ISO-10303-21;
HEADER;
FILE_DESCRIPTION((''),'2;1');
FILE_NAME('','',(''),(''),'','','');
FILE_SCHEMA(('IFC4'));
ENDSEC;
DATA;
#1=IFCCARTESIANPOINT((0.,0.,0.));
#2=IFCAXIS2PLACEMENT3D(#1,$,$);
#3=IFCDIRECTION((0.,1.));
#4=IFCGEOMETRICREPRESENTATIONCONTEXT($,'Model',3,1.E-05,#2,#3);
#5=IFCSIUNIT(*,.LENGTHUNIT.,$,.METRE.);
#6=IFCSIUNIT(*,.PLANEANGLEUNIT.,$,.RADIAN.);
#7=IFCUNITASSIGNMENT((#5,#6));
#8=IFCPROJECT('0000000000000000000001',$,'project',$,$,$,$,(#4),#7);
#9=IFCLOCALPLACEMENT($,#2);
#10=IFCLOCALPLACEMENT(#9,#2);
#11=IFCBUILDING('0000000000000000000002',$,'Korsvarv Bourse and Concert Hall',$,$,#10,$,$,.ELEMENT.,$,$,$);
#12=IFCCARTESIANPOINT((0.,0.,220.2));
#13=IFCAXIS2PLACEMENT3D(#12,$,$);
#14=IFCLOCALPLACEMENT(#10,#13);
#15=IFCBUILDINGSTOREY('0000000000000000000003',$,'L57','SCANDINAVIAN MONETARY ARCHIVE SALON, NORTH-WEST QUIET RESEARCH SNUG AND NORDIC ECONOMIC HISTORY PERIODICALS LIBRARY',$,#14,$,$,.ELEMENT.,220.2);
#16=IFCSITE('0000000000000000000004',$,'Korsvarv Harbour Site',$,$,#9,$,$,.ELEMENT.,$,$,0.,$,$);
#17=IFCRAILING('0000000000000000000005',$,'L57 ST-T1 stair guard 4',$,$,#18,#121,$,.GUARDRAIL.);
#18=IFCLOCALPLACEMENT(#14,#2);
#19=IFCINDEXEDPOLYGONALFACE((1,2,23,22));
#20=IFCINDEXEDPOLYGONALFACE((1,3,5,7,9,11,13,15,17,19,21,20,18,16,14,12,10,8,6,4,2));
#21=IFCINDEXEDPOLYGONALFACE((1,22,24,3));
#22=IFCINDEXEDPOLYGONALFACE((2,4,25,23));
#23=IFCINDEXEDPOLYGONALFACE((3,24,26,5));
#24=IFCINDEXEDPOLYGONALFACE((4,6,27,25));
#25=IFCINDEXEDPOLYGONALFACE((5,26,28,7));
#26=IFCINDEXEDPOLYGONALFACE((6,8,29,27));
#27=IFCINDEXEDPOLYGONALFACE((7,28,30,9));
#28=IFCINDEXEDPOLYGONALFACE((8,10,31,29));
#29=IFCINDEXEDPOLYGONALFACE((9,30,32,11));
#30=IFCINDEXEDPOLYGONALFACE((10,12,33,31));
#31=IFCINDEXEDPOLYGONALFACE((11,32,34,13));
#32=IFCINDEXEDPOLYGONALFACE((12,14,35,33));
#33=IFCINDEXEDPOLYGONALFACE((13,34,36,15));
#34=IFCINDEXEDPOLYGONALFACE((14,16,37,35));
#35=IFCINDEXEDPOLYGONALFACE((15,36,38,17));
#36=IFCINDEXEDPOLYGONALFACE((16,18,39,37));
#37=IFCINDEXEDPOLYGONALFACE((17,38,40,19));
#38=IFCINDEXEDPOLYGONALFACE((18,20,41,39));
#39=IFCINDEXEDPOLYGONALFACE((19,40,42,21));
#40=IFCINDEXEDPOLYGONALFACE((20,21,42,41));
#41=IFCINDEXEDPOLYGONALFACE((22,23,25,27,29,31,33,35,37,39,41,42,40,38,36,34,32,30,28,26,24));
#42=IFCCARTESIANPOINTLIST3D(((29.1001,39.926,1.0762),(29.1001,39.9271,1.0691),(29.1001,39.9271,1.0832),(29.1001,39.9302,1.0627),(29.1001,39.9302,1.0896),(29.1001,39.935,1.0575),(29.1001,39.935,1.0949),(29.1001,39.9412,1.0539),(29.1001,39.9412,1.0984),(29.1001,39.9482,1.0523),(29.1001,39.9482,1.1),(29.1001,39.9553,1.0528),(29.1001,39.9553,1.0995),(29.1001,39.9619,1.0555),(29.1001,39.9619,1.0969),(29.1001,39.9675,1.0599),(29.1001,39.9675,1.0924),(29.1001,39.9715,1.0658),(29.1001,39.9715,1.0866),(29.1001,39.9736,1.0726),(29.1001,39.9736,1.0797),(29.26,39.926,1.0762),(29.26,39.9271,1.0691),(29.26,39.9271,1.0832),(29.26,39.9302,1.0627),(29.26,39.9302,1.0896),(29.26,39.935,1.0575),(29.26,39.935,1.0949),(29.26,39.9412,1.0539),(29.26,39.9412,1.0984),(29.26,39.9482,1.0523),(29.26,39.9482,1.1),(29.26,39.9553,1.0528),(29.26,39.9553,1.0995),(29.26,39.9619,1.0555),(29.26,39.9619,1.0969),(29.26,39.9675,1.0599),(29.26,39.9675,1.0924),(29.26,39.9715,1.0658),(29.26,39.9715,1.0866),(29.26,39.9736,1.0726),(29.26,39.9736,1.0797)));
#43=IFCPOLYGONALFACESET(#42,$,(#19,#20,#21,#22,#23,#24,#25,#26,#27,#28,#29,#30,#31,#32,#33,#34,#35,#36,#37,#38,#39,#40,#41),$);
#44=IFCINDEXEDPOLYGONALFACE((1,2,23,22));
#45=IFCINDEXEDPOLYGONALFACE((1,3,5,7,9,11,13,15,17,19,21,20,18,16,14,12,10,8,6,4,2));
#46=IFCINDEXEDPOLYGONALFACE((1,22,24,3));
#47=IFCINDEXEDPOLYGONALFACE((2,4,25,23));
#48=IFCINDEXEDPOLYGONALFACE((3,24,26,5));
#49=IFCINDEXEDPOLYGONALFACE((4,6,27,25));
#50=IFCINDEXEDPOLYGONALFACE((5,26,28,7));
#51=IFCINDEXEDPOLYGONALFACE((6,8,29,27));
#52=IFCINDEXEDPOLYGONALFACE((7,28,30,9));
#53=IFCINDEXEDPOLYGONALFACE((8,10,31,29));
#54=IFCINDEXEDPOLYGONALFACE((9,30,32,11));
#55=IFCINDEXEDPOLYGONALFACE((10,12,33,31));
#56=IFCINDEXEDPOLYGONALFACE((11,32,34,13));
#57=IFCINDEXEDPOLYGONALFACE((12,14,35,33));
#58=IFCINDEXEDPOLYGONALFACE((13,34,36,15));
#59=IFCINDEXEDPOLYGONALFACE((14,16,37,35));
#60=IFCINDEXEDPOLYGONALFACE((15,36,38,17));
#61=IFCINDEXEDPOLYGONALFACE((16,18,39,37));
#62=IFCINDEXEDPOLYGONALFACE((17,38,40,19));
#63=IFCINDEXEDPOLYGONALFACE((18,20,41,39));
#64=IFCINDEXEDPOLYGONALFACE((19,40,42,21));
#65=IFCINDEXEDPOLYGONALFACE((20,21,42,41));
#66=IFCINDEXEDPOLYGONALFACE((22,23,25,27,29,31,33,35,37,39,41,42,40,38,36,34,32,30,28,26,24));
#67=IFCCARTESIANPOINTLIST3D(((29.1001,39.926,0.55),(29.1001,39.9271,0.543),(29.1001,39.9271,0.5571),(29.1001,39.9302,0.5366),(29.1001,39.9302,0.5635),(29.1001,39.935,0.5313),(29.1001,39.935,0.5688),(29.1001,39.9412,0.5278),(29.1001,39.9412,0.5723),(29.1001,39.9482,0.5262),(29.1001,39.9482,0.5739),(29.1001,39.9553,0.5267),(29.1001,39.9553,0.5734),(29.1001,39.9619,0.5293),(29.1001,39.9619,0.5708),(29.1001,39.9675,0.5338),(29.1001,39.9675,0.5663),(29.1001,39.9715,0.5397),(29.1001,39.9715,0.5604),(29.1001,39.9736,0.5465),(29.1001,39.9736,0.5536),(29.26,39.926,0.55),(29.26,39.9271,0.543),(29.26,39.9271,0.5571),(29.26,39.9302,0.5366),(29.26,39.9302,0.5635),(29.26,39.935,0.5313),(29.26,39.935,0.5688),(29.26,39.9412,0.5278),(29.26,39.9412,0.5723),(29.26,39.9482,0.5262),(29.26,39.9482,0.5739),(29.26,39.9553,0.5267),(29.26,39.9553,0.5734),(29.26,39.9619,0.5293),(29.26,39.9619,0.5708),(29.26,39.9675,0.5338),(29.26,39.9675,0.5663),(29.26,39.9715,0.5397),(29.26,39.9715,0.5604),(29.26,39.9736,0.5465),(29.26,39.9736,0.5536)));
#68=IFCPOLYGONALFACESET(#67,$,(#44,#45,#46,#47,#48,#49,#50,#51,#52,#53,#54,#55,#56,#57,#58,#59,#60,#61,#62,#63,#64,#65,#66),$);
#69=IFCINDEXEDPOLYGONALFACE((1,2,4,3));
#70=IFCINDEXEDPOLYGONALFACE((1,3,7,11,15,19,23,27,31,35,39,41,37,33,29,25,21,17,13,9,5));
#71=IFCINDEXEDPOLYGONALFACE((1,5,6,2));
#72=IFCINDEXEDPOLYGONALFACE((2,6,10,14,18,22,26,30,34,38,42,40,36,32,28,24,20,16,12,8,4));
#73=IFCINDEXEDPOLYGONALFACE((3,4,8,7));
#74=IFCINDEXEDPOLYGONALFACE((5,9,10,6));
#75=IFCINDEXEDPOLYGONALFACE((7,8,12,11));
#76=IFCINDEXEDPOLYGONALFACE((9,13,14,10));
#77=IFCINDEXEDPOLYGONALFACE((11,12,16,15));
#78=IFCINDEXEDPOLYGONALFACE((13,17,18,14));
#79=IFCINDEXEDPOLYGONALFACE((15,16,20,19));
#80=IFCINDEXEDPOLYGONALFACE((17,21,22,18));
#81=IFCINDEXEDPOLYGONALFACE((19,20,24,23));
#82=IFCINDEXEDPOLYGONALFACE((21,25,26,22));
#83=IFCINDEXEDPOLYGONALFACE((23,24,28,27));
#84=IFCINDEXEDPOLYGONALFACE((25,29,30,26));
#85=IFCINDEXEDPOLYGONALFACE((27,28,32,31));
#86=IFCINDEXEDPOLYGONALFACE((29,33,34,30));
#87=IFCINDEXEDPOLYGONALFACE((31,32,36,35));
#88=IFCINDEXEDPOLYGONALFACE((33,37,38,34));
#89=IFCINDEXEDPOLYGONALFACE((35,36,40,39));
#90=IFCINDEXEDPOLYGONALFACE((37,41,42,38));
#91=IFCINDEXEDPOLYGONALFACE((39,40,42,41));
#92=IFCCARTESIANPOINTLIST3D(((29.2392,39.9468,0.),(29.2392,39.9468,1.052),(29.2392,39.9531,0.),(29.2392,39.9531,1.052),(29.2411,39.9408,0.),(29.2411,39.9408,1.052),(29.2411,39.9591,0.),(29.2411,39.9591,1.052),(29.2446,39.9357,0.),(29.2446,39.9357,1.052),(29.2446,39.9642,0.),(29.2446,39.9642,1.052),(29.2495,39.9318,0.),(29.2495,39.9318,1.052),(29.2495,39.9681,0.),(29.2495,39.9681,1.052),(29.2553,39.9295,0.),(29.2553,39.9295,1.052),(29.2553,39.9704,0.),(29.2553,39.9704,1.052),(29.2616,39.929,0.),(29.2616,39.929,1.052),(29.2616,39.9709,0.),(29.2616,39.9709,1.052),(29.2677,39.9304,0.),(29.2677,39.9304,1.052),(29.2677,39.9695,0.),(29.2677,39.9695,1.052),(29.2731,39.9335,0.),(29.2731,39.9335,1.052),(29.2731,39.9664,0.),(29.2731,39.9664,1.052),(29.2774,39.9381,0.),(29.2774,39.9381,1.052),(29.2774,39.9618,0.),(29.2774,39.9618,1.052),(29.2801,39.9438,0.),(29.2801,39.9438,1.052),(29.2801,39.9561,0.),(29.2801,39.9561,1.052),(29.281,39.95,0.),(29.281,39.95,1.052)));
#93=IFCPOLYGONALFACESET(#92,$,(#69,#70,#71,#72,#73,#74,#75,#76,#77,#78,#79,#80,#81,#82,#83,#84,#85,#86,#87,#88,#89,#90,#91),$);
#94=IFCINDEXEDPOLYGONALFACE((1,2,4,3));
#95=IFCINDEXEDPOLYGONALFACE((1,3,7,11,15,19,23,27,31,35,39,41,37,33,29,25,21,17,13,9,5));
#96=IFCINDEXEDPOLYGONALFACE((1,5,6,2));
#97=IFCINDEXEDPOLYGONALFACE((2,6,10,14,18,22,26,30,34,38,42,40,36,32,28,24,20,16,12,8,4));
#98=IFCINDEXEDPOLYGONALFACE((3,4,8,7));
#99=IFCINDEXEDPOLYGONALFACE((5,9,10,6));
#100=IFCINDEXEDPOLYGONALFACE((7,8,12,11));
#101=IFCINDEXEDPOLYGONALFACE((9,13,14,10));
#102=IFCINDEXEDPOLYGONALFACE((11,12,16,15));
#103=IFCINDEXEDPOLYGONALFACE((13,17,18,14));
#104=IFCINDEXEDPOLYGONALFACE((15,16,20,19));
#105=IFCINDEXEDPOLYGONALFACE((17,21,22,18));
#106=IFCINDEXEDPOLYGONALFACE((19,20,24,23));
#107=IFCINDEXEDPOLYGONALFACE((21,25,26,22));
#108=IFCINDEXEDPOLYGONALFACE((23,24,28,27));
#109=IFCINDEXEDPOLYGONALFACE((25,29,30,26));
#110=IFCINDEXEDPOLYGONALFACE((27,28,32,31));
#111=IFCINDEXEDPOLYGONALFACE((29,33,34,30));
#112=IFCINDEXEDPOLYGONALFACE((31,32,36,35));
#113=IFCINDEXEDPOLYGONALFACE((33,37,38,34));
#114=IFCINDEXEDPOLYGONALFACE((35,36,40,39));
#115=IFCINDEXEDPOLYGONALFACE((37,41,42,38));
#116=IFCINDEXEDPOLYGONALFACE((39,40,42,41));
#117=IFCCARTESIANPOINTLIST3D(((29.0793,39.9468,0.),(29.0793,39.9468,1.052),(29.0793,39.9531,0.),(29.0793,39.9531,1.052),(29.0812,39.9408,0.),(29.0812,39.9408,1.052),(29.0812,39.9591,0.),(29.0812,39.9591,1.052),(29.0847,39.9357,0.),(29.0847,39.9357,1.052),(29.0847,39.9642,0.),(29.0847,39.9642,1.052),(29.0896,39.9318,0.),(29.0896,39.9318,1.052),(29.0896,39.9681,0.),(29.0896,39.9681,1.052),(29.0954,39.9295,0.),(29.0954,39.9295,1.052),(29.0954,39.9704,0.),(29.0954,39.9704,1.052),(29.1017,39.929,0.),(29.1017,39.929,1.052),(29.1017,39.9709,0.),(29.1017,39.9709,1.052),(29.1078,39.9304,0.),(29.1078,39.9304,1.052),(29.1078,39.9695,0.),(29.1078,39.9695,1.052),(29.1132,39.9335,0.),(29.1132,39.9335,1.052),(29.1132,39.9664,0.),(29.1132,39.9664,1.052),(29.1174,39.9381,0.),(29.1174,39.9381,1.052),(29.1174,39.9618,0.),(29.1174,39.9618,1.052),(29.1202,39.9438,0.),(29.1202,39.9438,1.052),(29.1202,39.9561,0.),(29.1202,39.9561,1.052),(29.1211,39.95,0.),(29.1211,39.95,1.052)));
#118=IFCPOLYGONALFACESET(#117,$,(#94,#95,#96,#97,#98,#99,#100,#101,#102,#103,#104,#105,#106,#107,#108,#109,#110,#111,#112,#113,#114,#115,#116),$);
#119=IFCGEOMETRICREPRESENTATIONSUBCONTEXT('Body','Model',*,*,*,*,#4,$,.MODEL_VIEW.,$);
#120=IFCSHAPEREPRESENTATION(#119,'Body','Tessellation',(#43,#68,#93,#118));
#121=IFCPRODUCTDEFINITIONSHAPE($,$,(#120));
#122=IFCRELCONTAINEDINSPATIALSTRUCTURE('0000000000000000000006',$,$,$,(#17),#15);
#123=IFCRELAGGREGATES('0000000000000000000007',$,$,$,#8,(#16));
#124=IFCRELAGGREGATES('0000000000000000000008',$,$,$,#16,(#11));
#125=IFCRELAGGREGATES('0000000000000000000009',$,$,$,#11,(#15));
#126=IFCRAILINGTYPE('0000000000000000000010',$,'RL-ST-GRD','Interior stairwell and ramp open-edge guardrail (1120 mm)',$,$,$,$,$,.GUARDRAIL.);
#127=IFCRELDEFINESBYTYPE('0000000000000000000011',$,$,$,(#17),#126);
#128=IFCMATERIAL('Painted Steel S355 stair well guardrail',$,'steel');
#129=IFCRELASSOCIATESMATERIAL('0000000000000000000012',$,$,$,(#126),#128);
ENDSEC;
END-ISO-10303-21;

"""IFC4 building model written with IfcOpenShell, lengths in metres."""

from ifc_helpers import new_model, si_unit, direction, frame, origin, origin_2d, place, context, subcontext, project, spatial, circle, extrude, material, type_object, element, save


model = new_model("IFC4")

# Units and contexts
model_context = context("Model", 3, precision=1e-05, world=origin(), true_north=direction((0.0, 1.0)))
body_context = subcontext(model_context, "Body", "Model", "MODEL_VIEW")
ifc_project = project(units=[si_unit("LENGTHUNIT", "METRE"), si_unit("PLANEANGLEUNIT", "RADIAN")], contexts=[model_context])

# Site, building, storey
site_placement = place(None, origin())
site = spatial("IfcSite", under=ifc_project, at=site_placement, Name="Korsvarv Harbour Site", CompositionType="ELEMENT", RefElevation=0.0)
building_placement = place(site_placement, origin())
building = spatial("IfcBuilding", under=site, at=building_placement, Name="Korsvarv Bourse and Concert Hall", CompositionType="ELEMENT")
storey_placement = place(building_placement, frame((0.0, 0.0, 220.2)))
storey = spatial("IfcBuildingStorey", under=building, at=storey_placement, Name="L57", Description="SCANDINAVIAN MONETARY ARCHIVE SALON, NORTH-WEST QUIET RESEARCH SNUG AND NORDIC ECONOMIC HISTORY PERIODICALS LIBRARY", CompositionType="ELEMENT", Elevation=220.2)

# Railing
ifc_material_1 = material(Name="Painted Steel S355 stair well guardrail", Category="steel")
railing_type_1 = type_object("IfcRailingType", Name="RL-ST-GRD", Description="Interior stairwell and ramp open-edge guardrail (1120 mm)", PredefinedType="GUARDRAIL", material=ifc_material_1)
railing_1_placement = place(storey_placement, frame((29.26, 39.95, 0.0)))
element("IfcRailing", 1, at=railing_1_placement, inside=storey, type_object=railing_type_1, Name="L57 ST-T1 stair guard 4", PredefinedType="GUARDRAIL", context=body_context, shape_type="SweptSolid", body=[
    extrude(circle(Radius=0.0239, at=origin_2d()), frame((0.0, 0.0, 1.0762), z_axis=(-1.0, 0.0, 0.0), x_axis=(0.0, -1.0, 0.0)), (0.0, 0.0, 1.0), 0.1599),
    extrude(circle(Radius=0.0239, at=origin_2d()), frame((0.0, 0.0, 0.55), z_axis=(-1.0, 0.0, 0.0), x_axis=(0.0, -1.0, 0.0)), (0.0, 0.0, 1.0), 0.1599),
    extrude(circle(Radius=0.021, at=origin_2d()), origin(), (0.0, 0.0, 1.0), 1.052),
    extrude(circle(Radius=0.021, at=origin_2d()), frame((-0.1599, 0.0, 0.0)), (0.0, 0.0, 1.0), 1.052),
])

save(model, "model.ifc")
